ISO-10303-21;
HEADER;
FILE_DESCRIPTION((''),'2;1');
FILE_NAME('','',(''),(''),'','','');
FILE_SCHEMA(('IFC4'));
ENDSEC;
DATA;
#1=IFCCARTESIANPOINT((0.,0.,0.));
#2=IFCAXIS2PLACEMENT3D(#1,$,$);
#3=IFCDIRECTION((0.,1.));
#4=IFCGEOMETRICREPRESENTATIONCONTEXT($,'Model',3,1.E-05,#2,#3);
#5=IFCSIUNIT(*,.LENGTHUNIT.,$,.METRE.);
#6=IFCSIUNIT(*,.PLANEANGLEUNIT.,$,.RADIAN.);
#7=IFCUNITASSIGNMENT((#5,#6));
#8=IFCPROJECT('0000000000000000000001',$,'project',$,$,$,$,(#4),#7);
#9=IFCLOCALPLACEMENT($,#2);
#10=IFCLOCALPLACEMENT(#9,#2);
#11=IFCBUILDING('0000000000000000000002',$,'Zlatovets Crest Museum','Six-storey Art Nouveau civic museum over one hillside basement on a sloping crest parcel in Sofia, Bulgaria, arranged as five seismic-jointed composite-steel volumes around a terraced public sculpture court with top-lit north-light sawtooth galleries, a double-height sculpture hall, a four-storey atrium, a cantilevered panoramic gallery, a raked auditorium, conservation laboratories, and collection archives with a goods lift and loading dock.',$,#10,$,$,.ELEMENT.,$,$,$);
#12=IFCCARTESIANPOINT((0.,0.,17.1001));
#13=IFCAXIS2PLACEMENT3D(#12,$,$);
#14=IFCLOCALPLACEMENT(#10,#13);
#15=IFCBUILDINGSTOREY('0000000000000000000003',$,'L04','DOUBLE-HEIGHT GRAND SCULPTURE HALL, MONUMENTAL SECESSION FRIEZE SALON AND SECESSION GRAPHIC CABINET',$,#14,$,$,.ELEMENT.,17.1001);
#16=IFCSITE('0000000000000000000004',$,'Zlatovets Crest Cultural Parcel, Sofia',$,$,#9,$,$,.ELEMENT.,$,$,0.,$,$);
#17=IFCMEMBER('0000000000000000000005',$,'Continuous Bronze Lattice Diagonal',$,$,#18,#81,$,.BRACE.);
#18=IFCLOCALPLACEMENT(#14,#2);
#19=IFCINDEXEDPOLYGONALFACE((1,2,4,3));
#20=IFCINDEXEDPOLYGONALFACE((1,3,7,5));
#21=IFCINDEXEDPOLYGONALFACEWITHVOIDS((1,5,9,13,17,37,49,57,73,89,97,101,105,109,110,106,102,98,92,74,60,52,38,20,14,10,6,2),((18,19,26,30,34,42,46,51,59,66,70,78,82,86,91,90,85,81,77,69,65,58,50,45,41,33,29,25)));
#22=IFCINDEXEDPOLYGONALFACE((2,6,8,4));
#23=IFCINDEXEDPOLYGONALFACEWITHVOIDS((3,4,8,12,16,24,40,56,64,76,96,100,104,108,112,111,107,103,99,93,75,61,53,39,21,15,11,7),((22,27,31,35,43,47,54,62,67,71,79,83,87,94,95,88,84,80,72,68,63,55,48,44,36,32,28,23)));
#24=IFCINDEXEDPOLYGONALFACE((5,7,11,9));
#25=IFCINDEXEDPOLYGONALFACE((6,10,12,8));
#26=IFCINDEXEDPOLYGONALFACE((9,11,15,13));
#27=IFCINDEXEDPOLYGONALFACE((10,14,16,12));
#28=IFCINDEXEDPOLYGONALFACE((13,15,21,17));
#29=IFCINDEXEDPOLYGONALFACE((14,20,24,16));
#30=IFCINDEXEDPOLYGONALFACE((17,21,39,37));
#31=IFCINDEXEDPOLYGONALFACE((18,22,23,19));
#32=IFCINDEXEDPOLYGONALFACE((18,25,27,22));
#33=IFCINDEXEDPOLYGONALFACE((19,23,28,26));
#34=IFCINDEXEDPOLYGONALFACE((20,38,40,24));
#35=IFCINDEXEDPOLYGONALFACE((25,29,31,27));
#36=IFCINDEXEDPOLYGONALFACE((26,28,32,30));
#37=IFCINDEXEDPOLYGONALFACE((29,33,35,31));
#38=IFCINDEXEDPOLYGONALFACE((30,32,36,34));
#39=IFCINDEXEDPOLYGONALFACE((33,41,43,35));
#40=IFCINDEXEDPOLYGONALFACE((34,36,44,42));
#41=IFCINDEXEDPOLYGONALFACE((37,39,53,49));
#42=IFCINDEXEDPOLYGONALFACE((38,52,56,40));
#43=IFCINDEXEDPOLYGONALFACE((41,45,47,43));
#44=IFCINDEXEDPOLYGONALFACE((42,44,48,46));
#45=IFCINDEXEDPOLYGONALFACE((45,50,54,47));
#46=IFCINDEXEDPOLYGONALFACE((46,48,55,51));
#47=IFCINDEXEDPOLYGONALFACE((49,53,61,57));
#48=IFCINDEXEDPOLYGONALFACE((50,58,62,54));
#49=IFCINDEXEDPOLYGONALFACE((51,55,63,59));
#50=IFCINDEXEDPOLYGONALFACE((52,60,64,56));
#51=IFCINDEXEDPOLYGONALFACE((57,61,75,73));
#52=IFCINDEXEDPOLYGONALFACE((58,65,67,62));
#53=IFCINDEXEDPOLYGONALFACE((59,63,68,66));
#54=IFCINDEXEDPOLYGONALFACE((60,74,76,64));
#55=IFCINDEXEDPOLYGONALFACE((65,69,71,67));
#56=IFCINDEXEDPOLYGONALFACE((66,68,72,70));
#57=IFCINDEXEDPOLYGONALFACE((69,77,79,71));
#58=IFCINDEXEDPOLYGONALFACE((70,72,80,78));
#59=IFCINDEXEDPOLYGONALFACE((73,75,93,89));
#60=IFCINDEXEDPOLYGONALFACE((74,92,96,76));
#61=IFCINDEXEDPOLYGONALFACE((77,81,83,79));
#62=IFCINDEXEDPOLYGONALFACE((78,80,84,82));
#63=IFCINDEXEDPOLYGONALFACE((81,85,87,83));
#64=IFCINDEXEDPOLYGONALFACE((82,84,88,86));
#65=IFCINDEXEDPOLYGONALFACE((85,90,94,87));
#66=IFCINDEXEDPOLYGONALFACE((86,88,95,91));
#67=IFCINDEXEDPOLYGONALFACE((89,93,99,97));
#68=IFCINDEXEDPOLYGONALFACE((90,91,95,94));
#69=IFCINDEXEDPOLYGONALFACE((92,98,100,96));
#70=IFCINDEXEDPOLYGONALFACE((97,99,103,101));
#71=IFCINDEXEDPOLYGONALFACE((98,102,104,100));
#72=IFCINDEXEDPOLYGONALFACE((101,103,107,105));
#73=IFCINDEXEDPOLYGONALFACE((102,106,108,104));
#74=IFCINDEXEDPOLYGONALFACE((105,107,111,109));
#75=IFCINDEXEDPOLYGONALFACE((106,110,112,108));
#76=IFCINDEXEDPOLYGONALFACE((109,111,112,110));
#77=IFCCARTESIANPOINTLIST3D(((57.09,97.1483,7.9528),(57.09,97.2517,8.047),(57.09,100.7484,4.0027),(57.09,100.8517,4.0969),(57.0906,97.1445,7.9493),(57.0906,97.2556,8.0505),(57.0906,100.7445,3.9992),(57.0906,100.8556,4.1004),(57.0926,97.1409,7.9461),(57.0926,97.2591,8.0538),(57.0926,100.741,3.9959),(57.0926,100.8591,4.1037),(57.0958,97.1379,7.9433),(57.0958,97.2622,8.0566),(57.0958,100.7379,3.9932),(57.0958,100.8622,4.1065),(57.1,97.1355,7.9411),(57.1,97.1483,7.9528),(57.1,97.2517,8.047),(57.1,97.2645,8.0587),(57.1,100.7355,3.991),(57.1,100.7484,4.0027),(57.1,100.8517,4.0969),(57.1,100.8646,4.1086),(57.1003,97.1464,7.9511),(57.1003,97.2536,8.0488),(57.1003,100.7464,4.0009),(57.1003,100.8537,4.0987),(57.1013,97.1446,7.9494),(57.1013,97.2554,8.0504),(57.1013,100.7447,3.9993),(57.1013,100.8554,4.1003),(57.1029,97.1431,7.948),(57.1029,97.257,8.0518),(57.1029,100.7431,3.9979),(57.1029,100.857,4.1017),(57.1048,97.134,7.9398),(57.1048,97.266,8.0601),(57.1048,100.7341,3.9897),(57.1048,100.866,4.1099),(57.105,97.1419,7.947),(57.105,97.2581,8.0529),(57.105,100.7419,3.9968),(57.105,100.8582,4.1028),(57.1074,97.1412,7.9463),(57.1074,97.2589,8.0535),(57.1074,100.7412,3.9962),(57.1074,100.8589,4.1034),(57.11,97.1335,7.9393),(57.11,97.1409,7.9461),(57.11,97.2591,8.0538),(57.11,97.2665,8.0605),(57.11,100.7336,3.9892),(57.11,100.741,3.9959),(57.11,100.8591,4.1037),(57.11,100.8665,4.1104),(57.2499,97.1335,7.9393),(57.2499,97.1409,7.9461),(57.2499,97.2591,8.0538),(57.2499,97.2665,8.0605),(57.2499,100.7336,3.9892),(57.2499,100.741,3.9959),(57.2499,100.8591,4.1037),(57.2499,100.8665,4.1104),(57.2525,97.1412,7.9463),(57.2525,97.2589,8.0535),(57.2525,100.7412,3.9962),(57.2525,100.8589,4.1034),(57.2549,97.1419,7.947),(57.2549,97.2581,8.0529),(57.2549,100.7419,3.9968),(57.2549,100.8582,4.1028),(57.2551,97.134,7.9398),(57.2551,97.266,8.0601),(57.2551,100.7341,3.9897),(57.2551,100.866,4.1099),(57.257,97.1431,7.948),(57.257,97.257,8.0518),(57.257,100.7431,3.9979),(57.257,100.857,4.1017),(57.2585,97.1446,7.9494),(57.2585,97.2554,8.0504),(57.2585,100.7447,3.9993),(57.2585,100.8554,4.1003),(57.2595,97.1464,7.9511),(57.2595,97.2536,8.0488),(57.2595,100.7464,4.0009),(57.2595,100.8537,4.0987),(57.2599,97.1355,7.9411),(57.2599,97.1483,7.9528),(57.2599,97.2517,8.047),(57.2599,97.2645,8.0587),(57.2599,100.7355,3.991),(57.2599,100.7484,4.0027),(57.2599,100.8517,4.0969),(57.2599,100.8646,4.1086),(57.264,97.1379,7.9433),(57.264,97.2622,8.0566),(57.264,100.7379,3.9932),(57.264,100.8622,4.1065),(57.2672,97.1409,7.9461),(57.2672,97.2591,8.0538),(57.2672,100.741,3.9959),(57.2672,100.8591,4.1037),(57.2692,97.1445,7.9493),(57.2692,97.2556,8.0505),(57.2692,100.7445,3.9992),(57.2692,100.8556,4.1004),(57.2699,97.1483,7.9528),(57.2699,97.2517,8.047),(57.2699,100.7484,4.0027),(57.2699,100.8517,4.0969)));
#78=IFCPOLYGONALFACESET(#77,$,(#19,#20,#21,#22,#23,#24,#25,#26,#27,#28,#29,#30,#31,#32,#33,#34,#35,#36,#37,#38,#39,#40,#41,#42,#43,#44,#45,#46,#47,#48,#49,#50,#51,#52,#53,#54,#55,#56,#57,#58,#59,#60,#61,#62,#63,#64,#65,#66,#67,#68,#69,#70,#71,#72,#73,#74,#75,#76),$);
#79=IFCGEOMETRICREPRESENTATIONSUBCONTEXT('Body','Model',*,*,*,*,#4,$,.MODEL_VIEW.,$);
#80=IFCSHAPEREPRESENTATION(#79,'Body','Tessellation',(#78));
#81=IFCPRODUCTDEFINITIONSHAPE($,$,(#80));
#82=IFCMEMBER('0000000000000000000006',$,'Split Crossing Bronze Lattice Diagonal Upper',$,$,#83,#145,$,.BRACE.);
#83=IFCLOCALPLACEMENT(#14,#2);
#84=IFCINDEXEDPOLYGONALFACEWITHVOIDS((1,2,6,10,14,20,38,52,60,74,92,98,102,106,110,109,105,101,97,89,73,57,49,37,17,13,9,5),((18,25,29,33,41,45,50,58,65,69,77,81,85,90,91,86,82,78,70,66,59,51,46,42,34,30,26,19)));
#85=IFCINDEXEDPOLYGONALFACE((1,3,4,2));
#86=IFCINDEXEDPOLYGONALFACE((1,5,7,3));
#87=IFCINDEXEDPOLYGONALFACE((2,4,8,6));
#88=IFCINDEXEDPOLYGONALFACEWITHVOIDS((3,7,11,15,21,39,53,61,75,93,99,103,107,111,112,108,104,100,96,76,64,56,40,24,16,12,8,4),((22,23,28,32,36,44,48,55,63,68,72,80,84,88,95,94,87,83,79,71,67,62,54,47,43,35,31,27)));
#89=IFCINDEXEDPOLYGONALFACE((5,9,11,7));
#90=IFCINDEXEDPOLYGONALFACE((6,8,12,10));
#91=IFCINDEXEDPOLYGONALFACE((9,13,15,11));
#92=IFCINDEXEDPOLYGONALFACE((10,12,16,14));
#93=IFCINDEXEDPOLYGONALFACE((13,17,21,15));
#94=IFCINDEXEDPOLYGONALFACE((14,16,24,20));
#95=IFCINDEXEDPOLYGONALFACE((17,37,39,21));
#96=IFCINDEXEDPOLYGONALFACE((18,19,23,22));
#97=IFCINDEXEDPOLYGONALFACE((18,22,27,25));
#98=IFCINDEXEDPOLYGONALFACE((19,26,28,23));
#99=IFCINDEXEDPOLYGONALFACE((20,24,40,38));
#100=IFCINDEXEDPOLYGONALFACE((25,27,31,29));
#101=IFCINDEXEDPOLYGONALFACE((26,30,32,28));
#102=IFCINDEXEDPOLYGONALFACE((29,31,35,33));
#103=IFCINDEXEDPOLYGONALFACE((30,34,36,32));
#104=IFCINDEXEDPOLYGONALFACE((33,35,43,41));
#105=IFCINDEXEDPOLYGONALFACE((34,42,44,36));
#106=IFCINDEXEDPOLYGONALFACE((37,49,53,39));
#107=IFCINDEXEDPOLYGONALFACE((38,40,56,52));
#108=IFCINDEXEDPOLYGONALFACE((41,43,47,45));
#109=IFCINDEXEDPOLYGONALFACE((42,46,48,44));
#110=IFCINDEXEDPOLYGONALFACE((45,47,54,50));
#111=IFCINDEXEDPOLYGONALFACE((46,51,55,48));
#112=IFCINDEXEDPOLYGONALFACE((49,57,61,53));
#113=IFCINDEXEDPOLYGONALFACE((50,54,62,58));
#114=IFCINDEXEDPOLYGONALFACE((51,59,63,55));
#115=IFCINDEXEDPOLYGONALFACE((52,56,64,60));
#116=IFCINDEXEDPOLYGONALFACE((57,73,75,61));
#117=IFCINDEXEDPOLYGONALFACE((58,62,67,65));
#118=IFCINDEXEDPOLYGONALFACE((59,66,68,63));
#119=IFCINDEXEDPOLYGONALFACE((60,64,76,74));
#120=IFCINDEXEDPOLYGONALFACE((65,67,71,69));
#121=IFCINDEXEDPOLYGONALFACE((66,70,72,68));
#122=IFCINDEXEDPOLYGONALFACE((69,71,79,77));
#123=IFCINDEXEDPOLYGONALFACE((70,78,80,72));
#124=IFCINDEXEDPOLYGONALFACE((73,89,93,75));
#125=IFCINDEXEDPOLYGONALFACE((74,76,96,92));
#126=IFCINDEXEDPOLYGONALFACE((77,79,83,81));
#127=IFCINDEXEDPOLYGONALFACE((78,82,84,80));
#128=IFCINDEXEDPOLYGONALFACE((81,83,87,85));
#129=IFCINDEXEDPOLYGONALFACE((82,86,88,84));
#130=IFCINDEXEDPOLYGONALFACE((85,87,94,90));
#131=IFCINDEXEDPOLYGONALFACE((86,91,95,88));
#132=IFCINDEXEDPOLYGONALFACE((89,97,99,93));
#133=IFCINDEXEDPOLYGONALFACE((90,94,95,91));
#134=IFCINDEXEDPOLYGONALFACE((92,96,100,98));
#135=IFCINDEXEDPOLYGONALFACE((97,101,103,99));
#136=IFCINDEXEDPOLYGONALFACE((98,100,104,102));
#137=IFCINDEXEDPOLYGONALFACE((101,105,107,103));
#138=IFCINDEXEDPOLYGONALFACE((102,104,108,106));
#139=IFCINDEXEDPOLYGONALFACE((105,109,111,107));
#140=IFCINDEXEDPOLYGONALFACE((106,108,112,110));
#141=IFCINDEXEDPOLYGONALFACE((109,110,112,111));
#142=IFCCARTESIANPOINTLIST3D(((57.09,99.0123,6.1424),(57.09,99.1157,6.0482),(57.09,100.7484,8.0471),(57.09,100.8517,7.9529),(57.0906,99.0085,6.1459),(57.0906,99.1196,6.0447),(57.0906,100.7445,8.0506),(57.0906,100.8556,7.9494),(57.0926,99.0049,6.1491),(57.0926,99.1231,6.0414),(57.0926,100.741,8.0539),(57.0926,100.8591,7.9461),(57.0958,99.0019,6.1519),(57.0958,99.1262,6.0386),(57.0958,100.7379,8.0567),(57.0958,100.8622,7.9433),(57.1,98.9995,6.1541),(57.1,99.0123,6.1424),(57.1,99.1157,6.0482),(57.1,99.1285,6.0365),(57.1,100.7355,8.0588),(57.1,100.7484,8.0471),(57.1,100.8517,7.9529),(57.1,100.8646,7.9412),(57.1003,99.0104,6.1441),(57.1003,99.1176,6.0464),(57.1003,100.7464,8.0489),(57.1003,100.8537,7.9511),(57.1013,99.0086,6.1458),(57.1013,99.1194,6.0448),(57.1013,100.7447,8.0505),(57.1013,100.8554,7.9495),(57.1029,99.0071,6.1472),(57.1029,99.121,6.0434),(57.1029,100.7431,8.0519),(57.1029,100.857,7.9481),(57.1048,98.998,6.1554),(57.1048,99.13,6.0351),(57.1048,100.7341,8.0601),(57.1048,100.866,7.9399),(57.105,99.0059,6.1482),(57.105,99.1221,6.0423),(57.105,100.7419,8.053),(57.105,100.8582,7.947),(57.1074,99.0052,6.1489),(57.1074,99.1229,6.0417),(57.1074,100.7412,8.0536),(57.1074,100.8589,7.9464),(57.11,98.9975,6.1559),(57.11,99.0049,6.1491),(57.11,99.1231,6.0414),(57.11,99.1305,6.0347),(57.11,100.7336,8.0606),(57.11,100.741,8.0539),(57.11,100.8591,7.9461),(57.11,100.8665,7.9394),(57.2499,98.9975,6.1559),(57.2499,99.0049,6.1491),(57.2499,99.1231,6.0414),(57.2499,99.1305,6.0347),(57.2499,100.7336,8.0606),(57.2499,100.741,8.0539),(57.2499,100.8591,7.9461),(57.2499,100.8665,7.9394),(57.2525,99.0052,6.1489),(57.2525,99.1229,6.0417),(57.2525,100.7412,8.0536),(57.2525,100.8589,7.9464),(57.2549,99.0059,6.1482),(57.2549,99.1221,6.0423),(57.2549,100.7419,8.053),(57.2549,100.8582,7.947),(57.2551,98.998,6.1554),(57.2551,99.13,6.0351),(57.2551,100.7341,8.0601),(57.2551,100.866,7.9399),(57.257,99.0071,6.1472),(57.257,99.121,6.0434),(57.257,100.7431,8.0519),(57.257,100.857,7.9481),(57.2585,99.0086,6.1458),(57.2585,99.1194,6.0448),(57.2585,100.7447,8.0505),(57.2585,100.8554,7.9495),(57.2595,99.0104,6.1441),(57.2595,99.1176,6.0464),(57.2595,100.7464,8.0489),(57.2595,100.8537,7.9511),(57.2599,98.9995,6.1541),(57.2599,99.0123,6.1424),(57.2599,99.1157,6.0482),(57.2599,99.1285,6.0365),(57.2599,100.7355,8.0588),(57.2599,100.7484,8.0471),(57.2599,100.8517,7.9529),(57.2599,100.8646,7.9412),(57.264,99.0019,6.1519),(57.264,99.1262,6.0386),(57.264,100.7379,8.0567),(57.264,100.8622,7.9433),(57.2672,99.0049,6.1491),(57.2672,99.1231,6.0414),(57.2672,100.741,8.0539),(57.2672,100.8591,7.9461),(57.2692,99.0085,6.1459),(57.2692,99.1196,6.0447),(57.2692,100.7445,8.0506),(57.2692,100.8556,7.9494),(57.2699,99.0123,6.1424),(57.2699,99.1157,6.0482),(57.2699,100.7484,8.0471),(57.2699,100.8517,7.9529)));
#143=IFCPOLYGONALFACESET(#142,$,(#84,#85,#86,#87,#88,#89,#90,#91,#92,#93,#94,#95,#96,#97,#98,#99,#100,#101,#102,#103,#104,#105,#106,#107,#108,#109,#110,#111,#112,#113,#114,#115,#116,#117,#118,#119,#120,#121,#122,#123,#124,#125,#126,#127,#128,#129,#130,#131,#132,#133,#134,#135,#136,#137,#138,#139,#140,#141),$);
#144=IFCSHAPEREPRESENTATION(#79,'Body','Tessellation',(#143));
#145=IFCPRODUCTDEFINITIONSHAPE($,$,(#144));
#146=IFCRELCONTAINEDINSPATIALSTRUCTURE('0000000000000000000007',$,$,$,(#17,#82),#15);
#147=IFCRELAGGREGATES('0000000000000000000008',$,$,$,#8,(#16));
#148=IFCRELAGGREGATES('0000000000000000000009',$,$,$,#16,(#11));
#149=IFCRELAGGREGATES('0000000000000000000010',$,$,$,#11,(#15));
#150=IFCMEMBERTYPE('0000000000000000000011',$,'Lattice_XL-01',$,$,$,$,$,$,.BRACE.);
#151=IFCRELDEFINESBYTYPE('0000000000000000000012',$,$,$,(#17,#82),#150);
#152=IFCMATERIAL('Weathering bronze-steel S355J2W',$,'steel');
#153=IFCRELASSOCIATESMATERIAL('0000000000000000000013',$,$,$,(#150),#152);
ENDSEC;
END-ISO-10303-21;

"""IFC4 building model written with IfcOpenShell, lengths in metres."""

from ifc_helpers import new_model, si_unit, direction, frame, origin, origin_2d, place, context, subcontext, project, spatial, hollow_rectangle, extrude, material, material_profile, profile_set, type_object, element, save


model = new_model("IFC4")

# Units and contexts
model_context = context("Model", 3, precision=1e-05, world=origin(), true_north=direction((0.0, 1.0)))
body_context = subcontext(model_context, "Body", "Model", "MODEL_VIEW")
ifc_project = project(units=[si_unit("LENGTHUNIT", "METRE"), si_unit("PLANEANGLEUNIT", "RADIAN")], contexts=[model_context])

# Site, building, storey
site_placement = place(None, origin())
site = spatial("IfcSite", under=ifc_project, at=site_placement, Name="Zlatovets Crest Cultural Parcel, Sofia", CompositionType="ELEMENT", RefElevation=0.0)
building_placement = place(site_placement, origin())
building = spatial("IfcBuilding", under=site, at=building_placement, Name="Zlatovets Crest Museum", Description="Six-storey Art Nouveau civic museum over one hillside basement on a sloping crest parcel in Sofia, Bulgaria, arranged as five seismic-jointed composite-steel volumes around a terraced public sculpture court with top-lit north-light sawtooth galleries, a double-height sculpture hall, a four-storey atrium, a cantilevered panoramic gallery, a raked auditorium, conservation laboratories, and collection archives with a goods lift and loading dock.", CompositionType="ELEMENT")
storey_placement = place(building_placement, frame((0.0, 0.0, 17.1001)))
storey = spatial("IfcBuildingStorey", under=building, at=storey_placement, Name="L04", Description="DOUBLE-HEIGHT GRAND SCULPTURE HALL, MONUMENTAL SECESSION FRIEZE SALON AND SECESSION GRAPHIC CABINET", CompositionType="ELEMENT", Elevation=17.1001)

# Members
ifc_material_1 = material(Name="Weathering bronze-steel S355J2W", Category="steel")
ifc_material_profile_1 = material_profile(ifc_material_1, hollow_rectangle(XDim=0.1799, YDim=0.1799, WallThickness=0.01, InnerFilletRadius=0.01, OuterFilletRadius=0.02, at=origin_2d()), Name="SHS 180x180x10.0")
ifc_profile_set_1 = profile_set([ifc_material_profile_1], Name="Weathering bronze-steel S355J2W")
member_type_1 = type_object("IfcMemberType", Name="Lattice_XL-01", PredefinedType="BRACE", material=ifc_profile_set_1)
member_1_placement = place(storey_placement, frame((57.1799, 100.8, 4.0498), z_axis=(0.0, -0.673595, 0.7391), x_axis=(1.0, 0.0, 0.0)))
element("IfcMember", 1, at=member_1_placement, inside=storey, type_object=member_type_1, Name="Continuous Bronze Lattice Diagonal", PredefinedType="BRACE", context=body_context, shape_type="SweptSolid", body=[
    extrude(hollow_rectangle(XDim=0.1799, YDim=0.1799, WallThickness=0.01, InnerFilletRadius=0.01, OuterFilletRadius=0.02, at=origin_2d()), origin(), (0.0, 0.0, 1.0), 5.3445),
])
for number, where, z_axis, x_axis, name in (
    (2, (57.1799, 100.8, 8.0), (0.0, -0.67362, -0.739078), (1.0, 0.0, 0.0), "Split Crossing Bronze Lattice Diagonal Upper"),
):
    element("IfcMember", number, at=place(storey_placement, frame(where, z_axis=z_axis, x_axis=x_axis)), inside=storey, type_object=member_type_1, Name=name, PredefinedType="BRACE", context=body_context, shape_type="SweptSolid", body=[
        extrude(hollow_rectangle(XDim=0.1799, YDim=0.1799, WallThickness=0.01, InnerFilletRadius=0.01, OuterFilletRadius=0.02, at=origin_2d()), origin(), (0.0, 0.0, 1.0), 2.5771),
    ])

save(model, "model.ifc")
